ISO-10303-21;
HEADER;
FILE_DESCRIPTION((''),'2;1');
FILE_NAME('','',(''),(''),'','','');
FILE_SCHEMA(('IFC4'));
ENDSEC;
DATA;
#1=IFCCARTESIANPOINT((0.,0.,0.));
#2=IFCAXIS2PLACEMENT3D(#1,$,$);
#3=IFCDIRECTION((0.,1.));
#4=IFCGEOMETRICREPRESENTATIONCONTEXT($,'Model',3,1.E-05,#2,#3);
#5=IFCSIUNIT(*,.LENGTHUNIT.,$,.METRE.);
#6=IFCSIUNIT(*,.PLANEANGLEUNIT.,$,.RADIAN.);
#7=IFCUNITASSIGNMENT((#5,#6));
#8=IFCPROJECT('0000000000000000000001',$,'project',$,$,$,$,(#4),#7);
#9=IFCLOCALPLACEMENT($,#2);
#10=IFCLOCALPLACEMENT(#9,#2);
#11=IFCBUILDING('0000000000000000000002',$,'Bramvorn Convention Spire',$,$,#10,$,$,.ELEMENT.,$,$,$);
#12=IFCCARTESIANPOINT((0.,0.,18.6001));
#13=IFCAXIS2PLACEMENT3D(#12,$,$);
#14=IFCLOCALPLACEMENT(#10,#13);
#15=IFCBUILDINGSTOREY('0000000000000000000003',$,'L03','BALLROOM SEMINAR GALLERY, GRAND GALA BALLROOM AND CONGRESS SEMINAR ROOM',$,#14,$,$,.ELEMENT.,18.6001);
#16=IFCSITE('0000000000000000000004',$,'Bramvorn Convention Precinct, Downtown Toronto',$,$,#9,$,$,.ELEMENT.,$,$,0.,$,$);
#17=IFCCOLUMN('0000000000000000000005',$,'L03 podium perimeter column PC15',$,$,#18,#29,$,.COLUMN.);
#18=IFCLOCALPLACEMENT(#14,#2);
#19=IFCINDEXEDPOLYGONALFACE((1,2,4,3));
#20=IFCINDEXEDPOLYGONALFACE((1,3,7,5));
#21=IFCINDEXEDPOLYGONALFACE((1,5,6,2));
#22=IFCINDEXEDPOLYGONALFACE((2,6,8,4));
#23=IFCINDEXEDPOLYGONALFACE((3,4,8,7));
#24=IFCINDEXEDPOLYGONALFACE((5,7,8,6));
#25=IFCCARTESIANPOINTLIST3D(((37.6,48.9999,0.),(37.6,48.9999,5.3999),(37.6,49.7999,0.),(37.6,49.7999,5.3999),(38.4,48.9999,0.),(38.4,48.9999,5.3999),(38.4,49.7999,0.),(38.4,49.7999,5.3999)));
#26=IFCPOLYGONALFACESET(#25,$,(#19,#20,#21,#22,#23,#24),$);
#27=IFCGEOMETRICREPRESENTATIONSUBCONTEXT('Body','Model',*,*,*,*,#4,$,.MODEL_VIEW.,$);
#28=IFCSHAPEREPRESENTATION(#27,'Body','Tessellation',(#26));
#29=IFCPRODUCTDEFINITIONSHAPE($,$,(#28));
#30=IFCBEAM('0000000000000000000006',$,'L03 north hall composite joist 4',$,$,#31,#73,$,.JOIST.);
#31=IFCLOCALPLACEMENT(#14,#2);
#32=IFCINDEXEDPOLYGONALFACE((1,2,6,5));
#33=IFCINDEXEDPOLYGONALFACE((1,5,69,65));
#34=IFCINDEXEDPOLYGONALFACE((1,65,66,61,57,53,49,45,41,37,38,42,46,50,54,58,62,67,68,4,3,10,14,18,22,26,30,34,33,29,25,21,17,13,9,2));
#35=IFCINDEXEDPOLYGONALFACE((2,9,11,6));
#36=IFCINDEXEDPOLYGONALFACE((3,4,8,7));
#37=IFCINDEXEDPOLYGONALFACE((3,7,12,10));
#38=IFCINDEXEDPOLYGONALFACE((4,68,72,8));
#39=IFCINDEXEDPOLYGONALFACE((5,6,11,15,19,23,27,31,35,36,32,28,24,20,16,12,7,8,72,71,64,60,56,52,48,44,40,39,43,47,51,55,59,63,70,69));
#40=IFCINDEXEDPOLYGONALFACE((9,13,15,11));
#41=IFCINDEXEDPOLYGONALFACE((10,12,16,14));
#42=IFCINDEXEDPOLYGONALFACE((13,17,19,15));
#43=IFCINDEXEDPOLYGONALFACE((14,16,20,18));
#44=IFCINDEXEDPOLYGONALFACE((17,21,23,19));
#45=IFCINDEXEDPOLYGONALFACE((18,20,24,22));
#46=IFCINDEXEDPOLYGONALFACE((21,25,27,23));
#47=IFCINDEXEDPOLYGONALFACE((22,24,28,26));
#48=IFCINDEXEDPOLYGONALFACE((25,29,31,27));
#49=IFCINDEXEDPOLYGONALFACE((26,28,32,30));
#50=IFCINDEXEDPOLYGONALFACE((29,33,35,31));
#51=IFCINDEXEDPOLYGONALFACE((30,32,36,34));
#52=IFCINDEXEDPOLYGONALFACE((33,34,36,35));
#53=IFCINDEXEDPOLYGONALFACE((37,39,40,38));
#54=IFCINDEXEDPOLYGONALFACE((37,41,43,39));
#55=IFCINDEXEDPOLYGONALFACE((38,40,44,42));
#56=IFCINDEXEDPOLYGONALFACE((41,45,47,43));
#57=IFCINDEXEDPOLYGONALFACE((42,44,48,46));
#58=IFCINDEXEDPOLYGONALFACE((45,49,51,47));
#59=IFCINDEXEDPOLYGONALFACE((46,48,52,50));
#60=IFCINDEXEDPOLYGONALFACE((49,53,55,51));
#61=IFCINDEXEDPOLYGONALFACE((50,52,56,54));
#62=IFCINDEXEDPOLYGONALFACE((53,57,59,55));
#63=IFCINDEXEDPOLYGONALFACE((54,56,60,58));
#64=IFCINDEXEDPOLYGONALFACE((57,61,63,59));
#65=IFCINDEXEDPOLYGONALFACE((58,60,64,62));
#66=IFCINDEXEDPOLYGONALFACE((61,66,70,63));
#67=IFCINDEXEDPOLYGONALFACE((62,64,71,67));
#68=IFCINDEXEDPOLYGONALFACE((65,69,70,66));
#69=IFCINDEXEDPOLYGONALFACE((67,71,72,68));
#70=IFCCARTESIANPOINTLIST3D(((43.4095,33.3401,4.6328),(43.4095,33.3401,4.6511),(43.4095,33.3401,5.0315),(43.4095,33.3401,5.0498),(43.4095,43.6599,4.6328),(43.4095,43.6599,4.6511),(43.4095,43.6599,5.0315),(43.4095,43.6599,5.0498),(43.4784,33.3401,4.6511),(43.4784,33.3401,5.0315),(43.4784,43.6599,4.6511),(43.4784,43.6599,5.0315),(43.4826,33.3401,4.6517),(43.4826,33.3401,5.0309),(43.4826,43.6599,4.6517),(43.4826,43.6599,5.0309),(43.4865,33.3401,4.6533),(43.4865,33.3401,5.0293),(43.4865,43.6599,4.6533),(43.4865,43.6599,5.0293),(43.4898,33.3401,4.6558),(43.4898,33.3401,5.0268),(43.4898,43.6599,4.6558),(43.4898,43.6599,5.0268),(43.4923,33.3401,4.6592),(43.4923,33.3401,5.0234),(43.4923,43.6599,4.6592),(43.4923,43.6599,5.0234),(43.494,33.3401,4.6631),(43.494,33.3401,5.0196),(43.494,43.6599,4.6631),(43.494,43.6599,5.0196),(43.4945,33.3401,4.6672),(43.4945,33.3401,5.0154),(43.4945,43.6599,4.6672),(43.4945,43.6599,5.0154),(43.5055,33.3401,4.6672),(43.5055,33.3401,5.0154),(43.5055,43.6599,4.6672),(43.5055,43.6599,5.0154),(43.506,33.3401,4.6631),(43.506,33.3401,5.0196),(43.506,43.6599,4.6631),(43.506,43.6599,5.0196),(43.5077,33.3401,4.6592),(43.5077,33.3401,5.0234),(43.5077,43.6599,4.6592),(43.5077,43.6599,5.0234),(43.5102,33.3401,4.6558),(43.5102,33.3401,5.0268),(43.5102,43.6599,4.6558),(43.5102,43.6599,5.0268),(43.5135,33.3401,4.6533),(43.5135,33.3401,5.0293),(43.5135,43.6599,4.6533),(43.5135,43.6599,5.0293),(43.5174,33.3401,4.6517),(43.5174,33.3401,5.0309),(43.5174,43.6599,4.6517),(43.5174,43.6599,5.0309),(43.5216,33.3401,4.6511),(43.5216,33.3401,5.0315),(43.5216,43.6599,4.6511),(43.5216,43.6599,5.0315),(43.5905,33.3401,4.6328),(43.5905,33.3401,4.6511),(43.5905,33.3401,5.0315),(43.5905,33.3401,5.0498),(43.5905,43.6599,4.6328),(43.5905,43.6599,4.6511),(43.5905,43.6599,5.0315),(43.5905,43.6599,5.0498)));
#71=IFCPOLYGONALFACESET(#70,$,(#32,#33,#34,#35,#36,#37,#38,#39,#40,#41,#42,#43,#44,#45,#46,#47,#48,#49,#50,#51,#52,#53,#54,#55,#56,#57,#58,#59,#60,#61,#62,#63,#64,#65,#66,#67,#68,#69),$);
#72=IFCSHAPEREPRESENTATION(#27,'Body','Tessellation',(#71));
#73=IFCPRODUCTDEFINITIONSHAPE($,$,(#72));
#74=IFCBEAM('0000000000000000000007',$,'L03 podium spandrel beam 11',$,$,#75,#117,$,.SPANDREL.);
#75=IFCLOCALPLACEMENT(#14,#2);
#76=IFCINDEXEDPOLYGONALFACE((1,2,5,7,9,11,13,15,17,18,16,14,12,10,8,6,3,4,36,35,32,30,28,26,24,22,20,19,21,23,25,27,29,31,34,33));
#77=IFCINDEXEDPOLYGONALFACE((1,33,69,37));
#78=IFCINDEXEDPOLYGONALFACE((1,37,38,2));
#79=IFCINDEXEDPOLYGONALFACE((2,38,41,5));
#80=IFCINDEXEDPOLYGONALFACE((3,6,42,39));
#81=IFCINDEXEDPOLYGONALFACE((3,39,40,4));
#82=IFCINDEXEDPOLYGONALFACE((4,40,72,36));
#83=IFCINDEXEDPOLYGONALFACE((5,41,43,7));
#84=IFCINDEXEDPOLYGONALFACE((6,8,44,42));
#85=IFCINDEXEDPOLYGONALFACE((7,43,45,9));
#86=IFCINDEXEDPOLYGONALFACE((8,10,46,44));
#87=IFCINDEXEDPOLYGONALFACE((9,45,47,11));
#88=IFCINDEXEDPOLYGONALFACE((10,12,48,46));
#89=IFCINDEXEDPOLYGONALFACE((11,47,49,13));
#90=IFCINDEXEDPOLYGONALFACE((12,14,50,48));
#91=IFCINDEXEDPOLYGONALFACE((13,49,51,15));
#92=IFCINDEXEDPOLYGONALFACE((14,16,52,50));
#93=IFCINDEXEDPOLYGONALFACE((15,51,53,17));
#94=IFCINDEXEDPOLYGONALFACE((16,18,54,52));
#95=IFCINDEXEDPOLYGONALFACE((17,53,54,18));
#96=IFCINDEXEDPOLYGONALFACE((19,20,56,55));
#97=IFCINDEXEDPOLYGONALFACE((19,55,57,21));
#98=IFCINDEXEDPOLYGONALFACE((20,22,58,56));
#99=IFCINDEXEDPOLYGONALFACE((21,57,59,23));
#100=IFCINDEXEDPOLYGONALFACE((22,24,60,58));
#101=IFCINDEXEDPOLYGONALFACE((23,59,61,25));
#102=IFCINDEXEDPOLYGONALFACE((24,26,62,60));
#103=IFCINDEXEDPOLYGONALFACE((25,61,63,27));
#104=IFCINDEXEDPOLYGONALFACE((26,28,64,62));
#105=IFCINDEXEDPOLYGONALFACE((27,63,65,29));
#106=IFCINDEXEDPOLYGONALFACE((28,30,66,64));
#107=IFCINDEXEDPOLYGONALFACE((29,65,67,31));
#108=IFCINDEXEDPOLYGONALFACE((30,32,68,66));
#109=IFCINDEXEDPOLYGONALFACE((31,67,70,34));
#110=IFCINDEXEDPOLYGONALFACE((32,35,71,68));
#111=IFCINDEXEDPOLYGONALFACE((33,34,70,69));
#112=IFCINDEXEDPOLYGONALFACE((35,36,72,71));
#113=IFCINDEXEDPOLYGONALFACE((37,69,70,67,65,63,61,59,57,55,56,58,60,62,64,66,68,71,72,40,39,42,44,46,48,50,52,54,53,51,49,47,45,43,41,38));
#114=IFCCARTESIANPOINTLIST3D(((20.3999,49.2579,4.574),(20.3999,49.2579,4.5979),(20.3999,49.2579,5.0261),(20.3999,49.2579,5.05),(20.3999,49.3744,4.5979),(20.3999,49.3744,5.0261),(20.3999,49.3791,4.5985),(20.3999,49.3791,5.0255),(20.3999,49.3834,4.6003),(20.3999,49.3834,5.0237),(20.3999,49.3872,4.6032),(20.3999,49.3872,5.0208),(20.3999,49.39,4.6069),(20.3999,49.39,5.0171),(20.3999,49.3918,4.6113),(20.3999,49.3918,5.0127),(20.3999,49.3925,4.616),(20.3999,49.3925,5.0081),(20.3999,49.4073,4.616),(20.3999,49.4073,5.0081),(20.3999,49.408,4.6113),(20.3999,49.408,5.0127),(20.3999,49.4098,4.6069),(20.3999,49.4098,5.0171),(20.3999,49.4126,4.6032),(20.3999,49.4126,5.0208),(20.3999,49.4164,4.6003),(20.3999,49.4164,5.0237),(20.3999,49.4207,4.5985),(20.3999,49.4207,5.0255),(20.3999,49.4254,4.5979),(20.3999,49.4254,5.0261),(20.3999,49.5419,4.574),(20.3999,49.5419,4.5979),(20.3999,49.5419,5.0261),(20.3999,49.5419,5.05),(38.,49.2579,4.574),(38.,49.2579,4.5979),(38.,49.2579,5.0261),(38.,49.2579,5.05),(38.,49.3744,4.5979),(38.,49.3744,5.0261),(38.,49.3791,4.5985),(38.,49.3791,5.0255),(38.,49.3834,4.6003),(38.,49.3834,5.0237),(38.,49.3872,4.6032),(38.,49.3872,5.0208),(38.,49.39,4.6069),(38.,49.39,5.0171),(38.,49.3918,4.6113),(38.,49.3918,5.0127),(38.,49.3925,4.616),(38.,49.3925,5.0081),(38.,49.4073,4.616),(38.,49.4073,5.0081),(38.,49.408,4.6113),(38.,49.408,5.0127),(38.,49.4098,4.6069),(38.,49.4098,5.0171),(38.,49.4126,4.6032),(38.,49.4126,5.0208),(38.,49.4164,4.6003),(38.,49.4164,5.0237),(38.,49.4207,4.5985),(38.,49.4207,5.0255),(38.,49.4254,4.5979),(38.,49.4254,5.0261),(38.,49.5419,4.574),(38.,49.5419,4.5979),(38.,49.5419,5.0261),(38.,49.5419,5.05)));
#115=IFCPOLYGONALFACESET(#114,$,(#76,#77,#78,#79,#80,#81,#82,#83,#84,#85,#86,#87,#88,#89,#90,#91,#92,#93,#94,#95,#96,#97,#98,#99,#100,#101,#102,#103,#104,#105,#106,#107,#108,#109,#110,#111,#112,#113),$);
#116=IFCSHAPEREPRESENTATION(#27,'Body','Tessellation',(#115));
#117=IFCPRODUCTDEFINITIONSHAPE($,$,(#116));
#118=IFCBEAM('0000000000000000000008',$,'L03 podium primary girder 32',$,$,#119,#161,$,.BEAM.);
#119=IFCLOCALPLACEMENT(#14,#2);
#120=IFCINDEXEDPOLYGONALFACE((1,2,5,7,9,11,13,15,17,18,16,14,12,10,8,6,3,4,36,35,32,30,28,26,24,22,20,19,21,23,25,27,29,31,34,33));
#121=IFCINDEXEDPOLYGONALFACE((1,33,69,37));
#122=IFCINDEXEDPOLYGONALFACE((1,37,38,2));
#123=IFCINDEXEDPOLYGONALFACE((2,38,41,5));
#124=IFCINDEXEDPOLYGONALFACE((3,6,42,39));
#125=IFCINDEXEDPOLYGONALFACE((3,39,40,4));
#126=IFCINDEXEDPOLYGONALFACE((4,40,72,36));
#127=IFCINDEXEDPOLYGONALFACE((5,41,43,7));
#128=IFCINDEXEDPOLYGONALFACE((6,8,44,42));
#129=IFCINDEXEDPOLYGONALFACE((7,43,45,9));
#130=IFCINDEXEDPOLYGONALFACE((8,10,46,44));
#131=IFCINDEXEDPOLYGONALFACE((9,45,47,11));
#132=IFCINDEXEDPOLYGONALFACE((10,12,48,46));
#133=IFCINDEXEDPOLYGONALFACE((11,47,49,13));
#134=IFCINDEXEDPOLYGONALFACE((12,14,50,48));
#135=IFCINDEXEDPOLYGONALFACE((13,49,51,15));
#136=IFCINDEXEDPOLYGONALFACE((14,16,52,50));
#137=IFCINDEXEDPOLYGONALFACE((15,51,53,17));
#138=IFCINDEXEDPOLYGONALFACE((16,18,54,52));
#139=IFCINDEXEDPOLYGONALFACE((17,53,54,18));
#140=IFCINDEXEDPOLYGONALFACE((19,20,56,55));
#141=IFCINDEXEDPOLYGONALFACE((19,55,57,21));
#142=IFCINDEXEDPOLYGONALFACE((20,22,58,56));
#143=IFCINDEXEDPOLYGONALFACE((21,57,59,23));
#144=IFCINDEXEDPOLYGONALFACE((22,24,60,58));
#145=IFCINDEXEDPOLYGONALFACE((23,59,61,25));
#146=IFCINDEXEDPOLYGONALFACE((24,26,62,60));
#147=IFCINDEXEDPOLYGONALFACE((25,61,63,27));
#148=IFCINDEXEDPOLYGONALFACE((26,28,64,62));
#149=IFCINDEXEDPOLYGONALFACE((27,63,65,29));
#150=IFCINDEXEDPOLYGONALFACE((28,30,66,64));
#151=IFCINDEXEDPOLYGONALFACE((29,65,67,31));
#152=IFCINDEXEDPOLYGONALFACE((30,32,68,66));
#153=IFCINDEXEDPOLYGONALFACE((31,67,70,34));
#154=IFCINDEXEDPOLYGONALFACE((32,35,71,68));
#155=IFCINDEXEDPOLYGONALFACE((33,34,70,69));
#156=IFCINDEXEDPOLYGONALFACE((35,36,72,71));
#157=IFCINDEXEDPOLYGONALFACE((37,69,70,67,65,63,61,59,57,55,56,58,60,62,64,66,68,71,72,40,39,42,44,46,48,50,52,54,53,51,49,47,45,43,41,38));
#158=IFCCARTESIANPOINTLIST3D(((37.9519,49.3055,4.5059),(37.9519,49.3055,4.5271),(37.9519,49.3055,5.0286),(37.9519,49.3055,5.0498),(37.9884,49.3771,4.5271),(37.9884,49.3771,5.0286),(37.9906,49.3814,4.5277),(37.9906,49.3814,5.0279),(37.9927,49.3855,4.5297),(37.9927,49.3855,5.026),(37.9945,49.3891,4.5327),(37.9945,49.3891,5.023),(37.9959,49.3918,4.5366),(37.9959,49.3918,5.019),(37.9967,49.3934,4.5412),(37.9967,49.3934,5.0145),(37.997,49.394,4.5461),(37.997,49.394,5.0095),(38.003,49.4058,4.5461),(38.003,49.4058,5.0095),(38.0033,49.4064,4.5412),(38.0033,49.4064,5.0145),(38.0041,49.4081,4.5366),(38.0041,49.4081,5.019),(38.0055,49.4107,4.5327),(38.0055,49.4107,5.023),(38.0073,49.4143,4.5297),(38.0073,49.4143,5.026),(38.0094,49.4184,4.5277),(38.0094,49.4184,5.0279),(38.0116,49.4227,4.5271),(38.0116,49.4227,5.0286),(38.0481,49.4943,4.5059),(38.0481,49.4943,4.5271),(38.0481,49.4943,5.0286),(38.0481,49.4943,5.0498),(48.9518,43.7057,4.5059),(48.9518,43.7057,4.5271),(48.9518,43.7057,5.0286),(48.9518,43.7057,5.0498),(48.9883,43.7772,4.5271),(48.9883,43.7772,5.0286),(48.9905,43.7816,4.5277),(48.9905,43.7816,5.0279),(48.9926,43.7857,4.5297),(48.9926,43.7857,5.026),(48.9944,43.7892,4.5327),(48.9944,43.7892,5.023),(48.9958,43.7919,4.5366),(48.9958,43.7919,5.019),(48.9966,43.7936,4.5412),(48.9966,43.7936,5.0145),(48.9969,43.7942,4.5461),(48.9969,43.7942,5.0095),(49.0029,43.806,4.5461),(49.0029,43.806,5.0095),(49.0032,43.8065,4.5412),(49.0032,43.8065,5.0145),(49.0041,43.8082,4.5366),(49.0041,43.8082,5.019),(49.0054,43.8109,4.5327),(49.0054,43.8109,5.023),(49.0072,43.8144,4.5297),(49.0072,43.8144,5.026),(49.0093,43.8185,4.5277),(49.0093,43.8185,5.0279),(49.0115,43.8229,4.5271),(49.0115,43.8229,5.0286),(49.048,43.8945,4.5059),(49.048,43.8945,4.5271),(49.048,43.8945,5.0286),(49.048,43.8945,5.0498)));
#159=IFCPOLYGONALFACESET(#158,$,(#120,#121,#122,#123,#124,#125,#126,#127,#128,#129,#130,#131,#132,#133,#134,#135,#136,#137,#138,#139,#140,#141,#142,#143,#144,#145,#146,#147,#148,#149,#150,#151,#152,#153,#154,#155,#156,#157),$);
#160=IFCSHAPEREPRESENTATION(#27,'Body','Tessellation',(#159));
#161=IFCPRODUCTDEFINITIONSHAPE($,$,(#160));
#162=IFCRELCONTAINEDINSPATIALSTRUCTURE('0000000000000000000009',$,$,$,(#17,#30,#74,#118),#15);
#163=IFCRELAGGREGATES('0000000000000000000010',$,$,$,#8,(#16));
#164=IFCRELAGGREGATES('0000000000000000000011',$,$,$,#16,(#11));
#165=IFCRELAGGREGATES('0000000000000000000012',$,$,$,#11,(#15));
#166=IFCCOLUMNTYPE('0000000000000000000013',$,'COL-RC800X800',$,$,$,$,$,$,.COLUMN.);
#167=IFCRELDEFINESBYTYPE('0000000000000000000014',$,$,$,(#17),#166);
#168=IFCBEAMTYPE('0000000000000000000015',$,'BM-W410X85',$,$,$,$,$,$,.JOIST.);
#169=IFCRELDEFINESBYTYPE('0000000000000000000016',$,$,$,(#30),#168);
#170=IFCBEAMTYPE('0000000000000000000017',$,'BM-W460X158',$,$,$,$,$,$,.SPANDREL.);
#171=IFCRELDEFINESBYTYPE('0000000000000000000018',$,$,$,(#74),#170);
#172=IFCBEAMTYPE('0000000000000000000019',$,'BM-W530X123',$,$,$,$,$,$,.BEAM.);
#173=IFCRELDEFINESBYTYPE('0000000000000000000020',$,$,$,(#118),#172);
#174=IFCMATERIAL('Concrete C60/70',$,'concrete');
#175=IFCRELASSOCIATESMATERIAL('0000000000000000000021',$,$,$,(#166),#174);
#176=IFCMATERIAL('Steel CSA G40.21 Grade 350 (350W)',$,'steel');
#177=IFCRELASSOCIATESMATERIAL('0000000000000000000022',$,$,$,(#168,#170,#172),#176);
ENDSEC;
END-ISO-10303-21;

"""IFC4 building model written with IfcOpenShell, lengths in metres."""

from ifc_helpers import new_model, si_unit, direction, frame, origin, origin_2d, place, context, subcontext, project, spatial, rectangle, i_section, extrude, material, material_profile, profile_set, type_object, element, save


model = new_model("IFC4")

# Units and contexts
model_context = context("Model", 3, precision=1e-05, world=origin(), true_north=direction((0.0, 1.0)))
body_context = subcontext(model_context, "Body", "Model", "MODEL_VIEW")
ifc_project = project(units=[si_unit("LENGTHUNIT", "METRE"), si_unit("PLANEANGLEUNIT", "RADIAN")], contexts=[model_context])

# Site, building, storey
site_placement = place(None, origin())
site = spatial("IfcSite", under=ifc_project, at=site_placement, Name="Bramvorn Convention Precinct, Downtown Toronto", CompositionType="ELEMENT", RefElevation=0.0)
building_placement = place(site_placement, origin())
building = spatial("IfcBuilding", under=site, at=building_placement, Name="Bramvorn Convention Spire", CompositionType="ELEMENT")
storey_placement = place(building_placement, frame((0.0, 0.0, 18.6001)))
storey = spatial("IfcBuildingStorey", under=building, at=storey_placement, Name="L03", Description="BALLROOM SEMINAR GALLERY, GRAND GALA BALLROOM AND CONGRESS SEMINAR ROOM", CompositionType="ELEMENT", Elevation=18.6001)

# Column
ifc_material_1 = material(Name="Steel CSA G40.21 Grade 350 (350W)", Category="steel")
ifc_material_2 = material(Name="Concrete C60/70", Category="concrete")
ifc_material_profile_1 = material_profile(ifc_material_2, rectangle(XDim=0.8, YDim=0.8, at=origin_2d()))
ifc_profile_set_1 = profile_set([ifc_material_profile_1], Name="Concrete C60/70 - RC800X800")
column_type_1 = type_object("IfcColumnType", Name="COL-RC800X800", PredefinedType="COLUMN", material=ifc_profile_set_1)
column_placement = place(storey_placement, frame((38.0, 49.3999, 0.0), z_axis=(0.0, 0.0, 1.0), x_axis=(1.0, 0.0, 0.0)))
element("IfcColumn", 1, at=column_placement, inside=storey, type_object=column_type_1, Name="L03 podium perimeter column PC15", PredefinedType="COLUMN", context=body_context, shape_type="SweptSolid", body=[
    extrude(rectangle(XDim=0.8, YDim=0.8, at=origin_2d()), origin(), (0.0, 0.0, 1.0), 5.3999),
])

# Beams
ifc_material_profile_2 = material_profile(ifc_material_1, i_section(OverallWidth=0.1809, OverallDepth=0.417, WebThickness=0.011, FlangeThickness=0.0183, FilletRadius=0.0161, at=origin_2d()))
ifc_profile_set_2 = profile_set([ifc_material_profile_2], Name="Steel CSA G40.21 Grade 350 (350W) - W410X85")
beam_type_1 = type_object("IfcBeamType", Name="BM-W410X85", PredefinedType="JOIST", material=ifc_profile_set_2)
beam_1_placement = place(storey_placement, frame((43.5, 33.3401, 4.8413), z_axis=(0.0, 1.0, 0.0), x_axis=(-1.0, 0.0, 0.0)))
element("IfcBeam", 2, at=beam_1_placement, inside=storey, type_object=beam_type_1, Name="L03 north hall composite joist 4", PredefinedType="JOIST", context=body_context, shape_type="SweptSolid", body=[
    extrude(i_section(OverallWidth=0.1809, OverallDepth=0.417, WebThickness=0.011, FlangeThickness=0.0183, FilletRadius=0.0161, at=origin_2d()), origin(), (0.0, 0.0, 1.0), 10.3198),
])
ifc_material_profile_3 = material_profile(ifc_material_1, i_section(OverallWidth=0.2839, OverallDepth=0.4761, WebThickness=0.0149, FlangeThickness=0.0239, FilletRadius=0.0181, at=origin_2d()))
ifc_profile_set_3 = profile_set([ifc_material_profile_3], Name="Steel CSA G40.21 Grade 350 (350W) - W460X158")
beam_type_2 = type_object("IfcBeamType", Name="BM-W460X158", PredefinedType="SPANDREL", material=ifc_profile_set_3)
beam_2_placement = place(storey_placement, frame((38.0, 49.3999, 4.812), z_axis=(-1.0, 0.0, 0.0), x_axis=(0.0, -1.0, 0.0)))
element("IfcBeam", 3, at=beam_2_placement, inside=storey, type_object=beam_type_2, Name="L03 podium spandrel beam 11", PredefinedType="SPANDREL", context=body_context, shape_type="SweptSolid", body=[
    extrude(i_section(OverallWidth=0.2839, OverallDepth=0.4761, WebThickness=0.0149, FlangeThickness=0.0239, FilletRadius=0.0181, at=origin_2d()), origin(), (0.0, 0.0, 1.0), 17.6001),
])
ifc_material_profile_4 = material_profile(ifc_material_1, i_section(OverallWidth=0.2119, OverallDepth=0.5439, WebThickness=0.0132, FlangeThickness=0.0212, FilletRadius=0.019, at=origin_2d()))
ifc_profile_set_4 = profile_set([ifc_material_profile_4], Name="Steel CSA G40.21 Grade 350 (350W) - W530X123")
beam_type_3 = type_object("IfcBeamType", Name="BM-W530X123", PredefinedType="BEAM", material=ifc_profile_set_4)
beam_3_placement = place(storey_placement, frame((38.0, 49.3999, 4.7778), z_axis=(0.891168, -0.453674, 0.0), x_axis=(0.453674, 0.891168, 0.0)))
element("IfcBeam", 4, at=beam_3_placement, inside=storey, type_object=beam_type_3, Name="L03 podium primary girder 32", PredefinedType="BEAM", context=body_context, shape_type="SweptSolid", body=[
    extrude(i_section(OverallWidth=0.2119, OverallDepth=0.5439, WebThickness=0.0132, FlangeThickness=0.0212, FilletRadius=0.019, at=origin_2d()), origin(), (0.0, 0.0, 1.0), 12.3433),
])

save(model, "model.ifc")
